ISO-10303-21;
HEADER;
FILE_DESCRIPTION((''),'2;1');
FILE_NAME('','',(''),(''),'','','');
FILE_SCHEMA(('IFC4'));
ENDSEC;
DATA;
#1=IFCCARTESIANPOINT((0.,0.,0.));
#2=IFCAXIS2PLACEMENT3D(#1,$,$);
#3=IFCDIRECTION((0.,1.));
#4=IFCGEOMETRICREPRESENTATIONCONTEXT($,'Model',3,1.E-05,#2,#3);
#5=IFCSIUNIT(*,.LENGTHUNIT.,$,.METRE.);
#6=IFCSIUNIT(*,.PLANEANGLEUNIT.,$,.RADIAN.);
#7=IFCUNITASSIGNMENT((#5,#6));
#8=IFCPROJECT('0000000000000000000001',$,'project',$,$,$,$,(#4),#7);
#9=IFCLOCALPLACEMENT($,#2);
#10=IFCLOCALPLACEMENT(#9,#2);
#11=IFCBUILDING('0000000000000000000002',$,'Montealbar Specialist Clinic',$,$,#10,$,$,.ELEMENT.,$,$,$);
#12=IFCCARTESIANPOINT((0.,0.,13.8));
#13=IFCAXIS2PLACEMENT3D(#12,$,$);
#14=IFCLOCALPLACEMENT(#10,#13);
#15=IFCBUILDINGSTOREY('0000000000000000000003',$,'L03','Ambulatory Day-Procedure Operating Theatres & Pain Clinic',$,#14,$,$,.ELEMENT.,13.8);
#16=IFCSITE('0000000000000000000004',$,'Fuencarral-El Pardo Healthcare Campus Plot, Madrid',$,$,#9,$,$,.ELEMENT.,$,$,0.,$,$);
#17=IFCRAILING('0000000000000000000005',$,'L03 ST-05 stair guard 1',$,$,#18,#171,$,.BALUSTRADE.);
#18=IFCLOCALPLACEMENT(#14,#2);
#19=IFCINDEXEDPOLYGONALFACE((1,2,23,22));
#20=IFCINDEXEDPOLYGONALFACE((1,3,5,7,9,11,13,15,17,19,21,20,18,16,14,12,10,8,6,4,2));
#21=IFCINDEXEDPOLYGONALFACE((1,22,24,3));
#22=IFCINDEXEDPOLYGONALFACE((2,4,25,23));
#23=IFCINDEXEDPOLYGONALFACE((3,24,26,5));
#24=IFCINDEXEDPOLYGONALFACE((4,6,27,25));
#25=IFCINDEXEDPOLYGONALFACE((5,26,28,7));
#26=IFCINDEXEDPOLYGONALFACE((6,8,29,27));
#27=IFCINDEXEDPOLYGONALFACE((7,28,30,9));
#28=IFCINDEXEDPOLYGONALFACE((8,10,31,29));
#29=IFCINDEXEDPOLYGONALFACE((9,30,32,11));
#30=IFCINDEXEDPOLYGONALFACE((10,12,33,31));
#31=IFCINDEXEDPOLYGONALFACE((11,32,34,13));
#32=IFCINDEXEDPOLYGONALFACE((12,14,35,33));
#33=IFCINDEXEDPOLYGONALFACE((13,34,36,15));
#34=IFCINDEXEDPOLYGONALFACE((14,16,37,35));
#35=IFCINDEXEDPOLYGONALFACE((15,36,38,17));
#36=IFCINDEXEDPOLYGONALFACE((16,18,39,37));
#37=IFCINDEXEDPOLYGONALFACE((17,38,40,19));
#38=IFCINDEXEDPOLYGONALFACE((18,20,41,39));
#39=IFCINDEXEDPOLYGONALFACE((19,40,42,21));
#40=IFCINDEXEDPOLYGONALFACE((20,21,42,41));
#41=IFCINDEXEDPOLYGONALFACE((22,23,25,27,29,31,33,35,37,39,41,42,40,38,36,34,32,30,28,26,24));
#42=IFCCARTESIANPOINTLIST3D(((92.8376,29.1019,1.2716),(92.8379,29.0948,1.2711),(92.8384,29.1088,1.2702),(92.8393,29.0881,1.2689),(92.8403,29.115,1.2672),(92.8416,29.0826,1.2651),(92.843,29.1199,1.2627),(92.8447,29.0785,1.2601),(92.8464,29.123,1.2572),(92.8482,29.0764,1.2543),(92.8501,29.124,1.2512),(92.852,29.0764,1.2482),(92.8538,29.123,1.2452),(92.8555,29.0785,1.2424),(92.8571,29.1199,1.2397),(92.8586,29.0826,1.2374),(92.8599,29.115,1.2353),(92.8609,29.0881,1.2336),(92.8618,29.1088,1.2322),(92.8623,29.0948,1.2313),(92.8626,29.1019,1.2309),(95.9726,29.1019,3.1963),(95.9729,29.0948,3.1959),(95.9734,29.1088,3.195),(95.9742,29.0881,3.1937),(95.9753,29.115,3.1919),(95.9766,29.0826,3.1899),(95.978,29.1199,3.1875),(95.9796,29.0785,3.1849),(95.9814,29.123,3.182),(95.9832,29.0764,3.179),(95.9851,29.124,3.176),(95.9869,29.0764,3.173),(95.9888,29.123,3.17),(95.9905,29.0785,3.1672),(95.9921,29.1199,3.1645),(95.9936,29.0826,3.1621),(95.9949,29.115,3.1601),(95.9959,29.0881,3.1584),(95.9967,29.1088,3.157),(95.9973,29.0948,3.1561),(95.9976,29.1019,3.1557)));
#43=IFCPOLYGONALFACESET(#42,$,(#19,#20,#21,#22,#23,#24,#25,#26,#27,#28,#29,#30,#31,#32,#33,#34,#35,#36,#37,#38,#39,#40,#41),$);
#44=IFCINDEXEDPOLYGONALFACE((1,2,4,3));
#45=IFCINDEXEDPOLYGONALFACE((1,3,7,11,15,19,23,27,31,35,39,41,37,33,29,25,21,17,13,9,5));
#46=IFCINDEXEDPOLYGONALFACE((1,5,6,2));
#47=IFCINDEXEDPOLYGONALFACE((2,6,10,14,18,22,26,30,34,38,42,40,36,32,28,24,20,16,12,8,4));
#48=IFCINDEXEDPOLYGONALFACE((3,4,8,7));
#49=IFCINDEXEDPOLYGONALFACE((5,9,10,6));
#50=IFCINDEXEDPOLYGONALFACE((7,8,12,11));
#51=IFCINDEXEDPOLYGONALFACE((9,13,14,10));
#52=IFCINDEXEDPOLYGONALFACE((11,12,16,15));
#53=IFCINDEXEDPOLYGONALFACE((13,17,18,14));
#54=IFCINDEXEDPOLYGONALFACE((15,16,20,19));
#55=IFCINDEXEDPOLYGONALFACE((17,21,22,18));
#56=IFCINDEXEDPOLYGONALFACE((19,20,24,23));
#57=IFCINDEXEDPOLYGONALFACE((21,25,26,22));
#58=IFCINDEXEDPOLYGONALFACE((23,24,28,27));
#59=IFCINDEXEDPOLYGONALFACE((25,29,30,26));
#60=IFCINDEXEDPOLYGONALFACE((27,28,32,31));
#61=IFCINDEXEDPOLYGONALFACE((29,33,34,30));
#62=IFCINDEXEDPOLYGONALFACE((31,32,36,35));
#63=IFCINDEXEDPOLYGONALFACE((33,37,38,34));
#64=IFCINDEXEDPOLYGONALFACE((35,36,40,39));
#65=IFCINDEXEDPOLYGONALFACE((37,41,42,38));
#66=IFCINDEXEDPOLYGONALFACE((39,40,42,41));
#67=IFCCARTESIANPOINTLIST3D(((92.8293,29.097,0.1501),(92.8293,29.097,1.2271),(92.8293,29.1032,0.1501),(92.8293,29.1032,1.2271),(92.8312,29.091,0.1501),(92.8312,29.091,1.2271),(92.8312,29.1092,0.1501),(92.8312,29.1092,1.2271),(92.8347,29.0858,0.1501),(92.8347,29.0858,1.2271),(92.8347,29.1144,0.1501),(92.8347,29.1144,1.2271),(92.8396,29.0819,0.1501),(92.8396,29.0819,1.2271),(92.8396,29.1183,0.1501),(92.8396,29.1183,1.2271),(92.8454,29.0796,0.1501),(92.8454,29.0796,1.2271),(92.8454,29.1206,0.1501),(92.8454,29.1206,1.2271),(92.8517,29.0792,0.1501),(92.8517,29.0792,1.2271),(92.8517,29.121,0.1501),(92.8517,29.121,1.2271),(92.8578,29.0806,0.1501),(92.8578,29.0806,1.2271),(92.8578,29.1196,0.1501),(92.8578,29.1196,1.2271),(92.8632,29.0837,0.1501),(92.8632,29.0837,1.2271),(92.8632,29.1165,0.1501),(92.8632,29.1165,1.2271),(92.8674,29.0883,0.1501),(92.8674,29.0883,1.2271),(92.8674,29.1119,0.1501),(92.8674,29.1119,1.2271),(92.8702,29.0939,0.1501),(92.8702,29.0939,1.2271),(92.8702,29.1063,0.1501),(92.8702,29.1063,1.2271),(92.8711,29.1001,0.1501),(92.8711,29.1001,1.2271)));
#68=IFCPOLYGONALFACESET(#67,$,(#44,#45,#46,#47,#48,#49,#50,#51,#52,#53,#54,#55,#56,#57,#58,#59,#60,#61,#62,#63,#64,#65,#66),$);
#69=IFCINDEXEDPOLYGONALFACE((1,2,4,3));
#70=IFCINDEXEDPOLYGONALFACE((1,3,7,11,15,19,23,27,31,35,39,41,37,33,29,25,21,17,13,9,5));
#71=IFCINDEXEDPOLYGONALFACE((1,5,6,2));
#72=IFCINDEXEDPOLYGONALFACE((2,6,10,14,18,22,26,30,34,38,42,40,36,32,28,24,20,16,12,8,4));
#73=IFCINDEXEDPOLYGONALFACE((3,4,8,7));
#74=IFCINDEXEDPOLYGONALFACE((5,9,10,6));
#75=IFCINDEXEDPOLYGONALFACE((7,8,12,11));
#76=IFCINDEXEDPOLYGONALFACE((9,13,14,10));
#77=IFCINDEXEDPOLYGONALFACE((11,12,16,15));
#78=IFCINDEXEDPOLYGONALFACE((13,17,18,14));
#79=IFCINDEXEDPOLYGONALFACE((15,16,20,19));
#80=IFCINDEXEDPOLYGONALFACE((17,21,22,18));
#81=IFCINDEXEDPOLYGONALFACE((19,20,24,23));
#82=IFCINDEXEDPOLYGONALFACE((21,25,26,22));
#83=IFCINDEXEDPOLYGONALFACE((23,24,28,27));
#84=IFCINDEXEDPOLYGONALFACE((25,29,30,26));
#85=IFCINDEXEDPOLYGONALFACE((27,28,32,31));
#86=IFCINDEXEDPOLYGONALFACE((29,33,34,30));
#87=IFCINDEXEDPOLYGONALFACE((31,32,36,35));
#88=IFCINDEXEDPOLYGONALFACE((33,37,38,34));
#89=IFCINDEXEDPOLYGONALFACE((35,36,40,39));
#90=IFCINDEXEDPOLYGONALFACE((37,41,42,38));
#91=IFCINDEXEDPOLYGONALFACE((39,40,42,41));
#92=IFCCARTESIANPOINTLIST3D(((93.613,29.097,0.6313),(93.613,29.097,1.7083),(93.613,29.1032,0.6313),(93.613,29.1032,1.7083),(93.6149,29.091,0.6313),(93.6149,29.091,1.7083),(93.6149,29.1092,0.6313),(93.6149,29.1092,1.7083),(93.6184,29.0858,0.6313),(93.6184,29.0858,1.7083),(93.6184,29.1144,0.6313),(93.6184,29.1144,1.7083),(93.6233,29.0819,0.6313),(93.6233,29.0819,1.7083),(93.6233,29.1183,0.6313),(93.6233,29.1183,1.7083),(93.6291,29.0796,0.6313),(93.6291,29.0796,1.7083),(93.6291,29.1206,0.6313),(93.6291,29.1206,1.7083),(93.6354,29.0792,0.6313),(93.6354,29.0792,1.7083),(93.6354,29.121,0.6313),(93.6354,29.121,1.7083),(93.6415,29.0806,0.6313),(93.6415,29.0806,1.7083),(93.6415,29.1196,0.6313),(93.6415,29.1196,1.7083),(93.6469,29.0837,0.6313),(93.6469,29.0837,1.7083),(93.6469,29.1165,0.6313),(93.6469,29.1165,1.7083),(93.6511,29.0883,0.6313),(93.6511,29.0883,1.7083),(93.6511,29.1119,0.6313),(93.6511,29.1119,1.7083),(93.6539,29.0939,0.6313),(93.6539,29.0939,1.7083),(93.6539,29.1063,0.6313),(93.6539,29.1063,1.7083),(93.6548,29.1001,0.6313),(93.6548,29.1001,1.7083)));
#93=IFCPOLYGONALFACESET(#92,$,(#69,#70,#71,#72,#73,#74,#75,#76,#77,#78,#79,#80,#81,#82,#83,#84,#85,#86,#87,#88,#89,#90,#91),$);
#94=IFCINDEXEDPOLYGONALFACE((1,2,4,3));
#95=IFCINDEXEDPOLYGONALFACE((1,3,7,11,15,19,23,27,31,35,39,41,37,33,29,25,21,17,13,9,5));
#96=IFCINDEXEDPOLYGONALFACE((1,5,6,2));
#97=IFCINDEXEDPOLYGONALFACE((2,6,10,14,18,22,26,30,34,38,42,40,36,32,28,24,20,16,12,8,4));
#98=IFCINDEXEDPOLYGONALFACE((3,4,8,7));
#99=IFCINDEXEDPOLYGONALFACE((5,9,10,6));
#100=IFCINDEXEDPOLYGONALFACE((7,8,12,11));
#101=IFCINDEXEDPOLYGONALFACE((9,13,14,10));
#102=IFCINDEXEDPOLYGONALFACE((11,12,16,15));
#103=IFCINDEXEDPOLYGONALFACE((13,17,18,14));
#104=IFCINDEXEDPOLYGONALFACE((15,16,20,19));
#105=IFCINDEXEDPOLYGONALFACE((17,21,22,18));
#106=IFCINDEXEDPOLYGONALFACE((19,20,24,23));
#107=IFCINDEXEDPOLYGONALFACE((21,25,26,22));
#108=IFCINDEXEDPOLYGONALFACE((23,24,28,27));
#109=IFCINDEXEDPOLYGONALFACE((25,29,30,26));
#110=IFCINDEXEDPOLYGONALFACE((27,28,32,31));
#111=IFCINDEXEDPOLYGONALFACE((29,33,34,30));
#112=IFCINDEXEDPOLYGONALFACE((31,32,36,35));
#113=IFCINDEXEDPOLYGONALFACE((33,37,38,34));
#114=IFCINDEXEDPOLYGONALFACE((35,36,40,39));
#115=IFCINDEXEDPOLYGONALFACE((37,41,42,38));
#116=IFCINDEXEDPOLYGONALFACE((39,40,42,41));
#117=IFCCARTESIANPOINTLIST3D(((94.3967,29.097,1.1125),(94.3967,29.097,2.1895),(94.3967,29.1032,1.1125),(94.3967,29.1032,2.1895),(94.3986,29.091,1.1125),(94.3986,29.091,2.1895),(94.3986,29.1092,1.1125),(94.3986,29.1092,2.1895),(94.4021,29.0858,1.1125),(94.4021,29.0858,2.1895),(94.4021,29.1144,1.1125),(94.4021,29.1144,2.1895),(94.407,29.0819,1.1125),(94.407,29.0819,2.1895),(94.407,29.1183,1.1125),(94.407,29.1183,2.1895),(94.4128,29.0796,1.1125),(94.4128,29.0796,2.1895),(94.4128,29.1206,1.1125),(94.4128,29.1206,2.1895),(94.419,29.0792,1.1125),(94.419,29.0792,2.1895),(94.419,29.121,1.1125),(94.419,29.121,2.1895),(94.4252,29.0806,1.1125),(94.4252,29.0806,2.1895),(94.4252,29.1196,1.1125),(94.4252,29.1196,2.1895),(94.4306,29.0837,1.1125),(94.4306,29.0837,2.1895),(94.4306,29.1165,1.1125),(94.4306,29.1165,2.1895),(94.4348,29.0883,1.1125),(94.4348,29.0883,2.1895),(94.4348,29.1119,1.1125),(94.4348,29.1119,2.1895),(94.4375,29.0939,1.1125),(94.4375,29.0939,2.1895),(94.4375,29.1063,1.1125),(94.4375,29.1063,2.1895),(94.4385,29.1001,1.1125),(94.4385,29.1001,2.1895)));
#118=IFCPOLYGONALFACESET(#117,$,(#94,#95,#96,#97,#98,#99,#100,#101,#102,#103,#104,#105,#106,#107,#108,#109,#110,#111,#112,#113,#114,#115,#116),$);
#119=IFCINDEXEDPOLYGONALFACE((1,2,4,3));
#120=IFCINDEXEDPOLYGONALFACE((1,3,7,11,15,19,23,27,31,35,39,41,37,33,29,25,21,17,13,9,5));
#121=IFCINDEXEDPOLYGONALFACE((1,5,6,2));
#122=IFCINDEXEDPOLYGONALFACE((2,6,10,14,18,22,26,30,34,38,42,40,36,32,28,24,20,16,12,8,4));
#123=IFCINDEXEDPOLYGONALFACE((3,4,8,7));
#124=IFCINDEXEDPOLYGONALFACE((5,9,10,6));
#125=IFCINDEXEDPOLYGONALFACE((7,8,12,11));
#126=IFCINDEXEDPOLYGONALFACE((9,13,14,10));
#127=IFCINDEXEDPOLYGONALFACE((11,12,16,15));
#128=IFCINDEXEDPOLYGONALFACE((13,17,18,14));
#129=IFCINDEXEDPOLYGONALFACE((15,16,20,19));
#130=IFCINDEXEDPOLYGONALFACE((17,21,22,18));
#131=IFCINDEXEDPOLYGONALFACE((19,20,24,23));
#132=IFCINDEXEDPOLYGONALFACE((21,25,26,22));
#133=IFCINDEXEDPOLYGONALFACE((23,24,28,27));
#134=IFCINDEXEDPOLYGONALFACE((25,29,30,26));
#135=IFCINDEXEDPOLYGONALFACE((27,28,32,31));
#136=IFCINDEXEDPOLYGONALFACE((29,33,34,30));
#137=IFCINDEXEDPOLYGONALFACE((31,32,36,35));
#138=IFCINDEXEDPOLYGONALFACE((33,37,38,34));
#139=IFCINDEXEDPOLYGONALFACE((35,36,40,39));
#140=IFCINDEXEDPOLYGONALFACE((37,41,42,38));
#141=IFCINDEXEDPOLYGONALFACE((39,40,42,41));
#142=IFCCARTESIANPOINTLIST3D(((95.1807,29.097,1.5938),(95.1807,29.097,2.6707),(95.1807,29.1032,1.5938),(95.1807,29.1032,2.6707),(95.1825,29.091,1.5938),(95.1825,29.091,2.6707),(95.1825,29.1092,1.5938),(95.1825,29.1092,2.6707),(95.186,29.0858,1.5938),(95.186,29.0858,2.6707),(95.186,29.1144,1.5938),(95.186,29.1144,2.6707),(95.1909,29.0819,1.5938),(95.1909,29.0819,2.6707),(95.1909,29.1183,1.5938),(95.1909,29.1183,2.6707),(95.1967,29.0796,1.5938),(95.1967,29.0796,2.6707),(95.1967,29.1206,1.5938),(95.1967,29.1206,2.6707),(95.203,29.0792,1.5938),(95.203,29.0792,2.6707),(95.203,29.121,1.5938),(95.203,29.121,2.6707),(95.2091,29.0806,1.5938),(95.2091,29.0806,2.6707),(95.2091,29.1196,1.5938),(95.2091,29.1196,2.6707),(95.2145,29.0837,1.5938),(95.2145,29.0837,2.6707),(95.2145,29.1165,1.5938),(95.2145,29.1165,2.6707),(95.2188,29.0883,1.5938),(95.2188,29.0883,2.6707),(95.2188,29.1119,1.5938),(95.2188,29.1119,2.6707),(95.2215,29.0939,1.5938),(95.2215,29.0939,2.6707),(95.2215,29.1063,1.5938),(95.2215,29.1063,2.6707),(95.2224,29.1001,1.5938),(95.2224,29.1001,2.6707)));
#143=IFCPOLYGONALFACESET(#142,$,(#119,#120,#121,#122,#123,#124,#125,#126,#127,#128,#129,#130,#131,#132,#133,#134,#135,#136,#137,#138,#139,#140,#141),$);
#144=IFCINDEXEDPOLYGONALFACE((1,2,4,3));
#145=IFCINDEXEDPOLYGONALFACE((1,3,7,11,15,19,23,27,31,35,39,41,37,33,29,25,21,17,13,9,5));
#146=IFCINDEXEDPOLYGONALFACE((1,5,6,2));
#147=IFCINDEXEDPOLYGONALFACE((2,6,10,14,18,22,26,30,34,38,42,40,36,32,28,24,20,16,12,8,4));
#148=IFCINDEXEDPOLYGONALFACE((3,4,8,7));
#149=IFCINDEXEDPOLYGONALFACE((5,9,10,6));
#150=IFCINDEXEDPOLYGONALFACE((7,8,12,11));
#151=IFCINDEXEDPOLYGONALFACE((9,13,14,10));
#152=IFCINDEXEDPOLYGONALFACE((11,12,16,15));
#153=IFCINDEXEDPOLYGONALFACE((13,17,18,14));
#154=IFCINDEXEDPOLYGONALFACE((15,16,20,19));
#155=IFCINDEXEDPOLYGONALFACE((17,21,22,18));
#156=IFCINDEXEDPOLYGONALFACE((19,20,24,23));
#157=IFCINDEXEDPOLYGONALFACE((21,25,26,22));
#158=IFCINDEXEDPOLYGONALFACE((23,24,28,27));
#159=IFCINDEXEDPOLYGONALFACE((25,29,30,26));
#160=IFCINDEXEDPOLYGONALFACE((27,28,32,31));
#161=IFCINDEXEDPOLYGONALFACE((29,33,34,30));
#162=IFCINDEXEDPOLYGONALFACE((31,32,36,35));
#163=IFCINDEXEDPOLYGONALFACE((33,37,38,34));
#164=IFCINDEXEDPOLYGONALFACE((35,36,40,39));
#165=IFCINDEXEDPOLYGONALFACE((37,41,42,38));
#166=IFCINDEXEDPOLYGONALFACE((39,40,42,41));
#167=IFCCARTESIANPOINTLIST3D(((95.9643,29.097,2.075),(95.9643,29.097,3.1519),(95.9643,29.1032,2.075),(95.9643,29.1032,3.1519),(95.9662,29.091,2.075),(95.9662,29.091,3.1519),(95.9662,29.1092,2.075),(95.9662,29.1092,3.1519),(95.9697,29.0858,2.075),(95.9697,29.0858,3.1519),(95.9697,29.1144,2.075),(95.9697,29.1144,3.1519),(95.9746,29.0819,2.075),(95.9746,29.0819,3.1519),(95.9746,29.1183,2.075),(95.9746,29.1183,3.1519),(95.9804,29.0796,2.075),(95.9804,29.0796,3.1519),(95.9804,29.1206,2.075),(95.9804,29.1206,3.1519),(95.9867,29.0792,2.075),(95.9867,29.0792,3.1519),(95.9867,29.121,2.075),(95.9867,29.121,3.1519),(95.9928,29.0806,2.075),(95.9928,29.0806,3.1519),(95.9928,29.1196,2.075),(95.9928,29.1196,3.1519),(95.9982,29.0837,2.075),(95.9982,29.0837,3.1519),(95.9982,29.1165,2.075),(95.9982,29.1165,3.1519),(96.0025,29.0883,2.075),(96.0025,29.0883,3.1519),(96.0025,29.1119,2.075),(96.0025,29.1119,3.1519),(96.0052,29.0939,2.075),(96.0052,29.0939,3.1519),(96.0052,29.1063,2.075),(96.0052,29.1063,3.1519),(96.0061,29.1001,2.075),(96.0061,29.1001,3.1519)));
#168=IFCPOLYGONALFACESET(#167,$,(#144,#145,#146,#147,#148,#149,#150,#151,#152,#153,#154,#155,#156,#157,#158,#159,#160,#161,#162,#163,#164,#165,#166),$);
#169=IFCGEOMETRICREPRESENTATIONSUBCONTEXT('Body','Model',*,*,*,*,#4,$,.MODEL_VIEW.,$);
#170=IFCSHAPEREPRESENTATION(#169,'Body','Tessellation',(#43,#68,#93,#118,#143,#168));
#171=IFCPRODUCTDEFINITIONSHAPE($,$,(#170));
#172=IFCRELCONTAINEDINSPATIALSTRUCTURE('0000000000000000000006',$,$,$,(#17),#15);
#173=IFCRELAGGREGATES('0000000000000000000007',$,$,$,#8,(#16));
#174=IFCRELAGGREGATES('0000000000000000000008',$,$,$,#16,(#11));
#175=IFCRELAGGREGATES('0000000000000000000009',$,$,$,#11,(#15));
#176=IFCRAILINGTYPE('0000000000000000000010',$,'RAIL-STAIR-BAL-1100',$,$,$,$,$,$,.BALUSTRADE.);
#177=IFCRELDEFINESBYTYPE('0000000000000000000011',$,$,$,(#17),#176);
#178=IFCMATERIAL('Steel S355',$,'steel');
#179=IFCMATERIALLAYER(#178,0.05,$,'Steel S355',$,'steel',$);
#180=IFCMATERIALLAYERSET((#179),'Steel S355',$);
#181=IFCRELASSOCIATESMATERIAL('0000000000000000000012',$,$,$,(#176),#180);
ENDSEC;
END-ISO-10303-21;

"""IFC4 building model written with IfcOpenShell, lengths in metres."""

from ifc_helpers import new_model, si_unit, direction, frame, origin, origin_2d, place, context, subcontext, project, spatial, circle, extrude, material, layer, layer_set, type_object, element, save


model = new_model("IFC4")

# Units and contexts
model_context = context("Model", 3, precision=1e-05, world=origin(), true_north=direction((0.0, 1.0)))
body_context = subcontext(model_context, "Body", "Model", "MODEL_VIEW")
ifc_project = project(units=[si_unit("LENGTHUNIT", "METRE"), si_unit("PLANEANGLEUNIT", "RADIAN")], contexts=[model_context])

# Site, building, storey
site_placement = place(None, origin())
site = spatial("IfcSite", under=ifc_project, at=site_placement, Name="Fuencarral-El Pardo Healthcare Campus Plot, Madrid", CompositionType="ELEMENT", RefElevation=0.0)
building_placement = place(site_placement, origin())
building = spatial("IfcBuilding", under=site, at=building_placement, Name="Montealbar Specialist Clinic", CompositionType="ELEMENT")
storey_placement = place(building_placement, frame((0.0, 0.0, 13.8)))
storey = spatial("IfcBuildingStorey", under=building, at=storey_placement, Name="L03", Description="Ambulatory Day-Procedure Operating Theatres & Pain Clinic", CompositionType="ELEMENT", Elevation=13.8)

# Shared definitions
ifc_material_1 = material(Name="Steel S355", Category="steel")

# Railing
ifc_layer_1 = layer(ifc_material_1, 0.05, Name="Steel S355", Category="steel")
ifc_layer_set_1 = layer_set([ifc_layer_1], Name="Steel S355")
railing_type_1 = type_object("IfcRailingType", Name="RAIL-STAIR-BAL-1100", PredefinedType="BALUSTRADE", material=ifc_layer_set_1)
railing_1_placement = place(storey_placement, frame((92.8501, 29.1001, 0.175)))
element("IfcRailing", 1, at=railing_1_placement, inside=storey, type_object=railing_type_1, Name="L03 ST-05 stair guard 1", PredefinedType="BALUSTRADE", context=body_context, shape_type="SweptSolid", body=[
    extrude(circle(Radius=0.0239, at=origin_2d()), frame((0.0, 0.0, 1.0762), z_axis=(0.852196, 0.0, 0.523223), x_axis=(0.0, 1.0, 0.0)), (0.0, 0.0, 1.0), 3.6787),
    extrude(circle(Radius=0.021, at=origin_2d()), frame((0.0, 0.0, -0.0249)), (0.0, 0.0, 1.0), 1.0769),
    extrude(circle(Radius=0.021, at=origin_2d()), frame((0.7837, 0.0, 0.4563)), (0.0, 0.0, 1.0), 1.0769),
    extrude(circle(Radius=0.021, at=origin_2d()), frame((1.5674, 0.0, 0.9375)), (0.0, 0.0, 1.0), 1.0769),
    extrude(circle(Radius=0.021, at=origin_2d()), frame((2.3513, 0.0, 1.4187)), (0.0, 0.0, 1.0), 1.0769),
    extrude(circle(Radius=0.021, at=origin_2d()), frame((3.135, 0.0, 1.8999)), (0.0, 0.0, 1.0), 1.0769),
])

save(model, "model.ifc")
